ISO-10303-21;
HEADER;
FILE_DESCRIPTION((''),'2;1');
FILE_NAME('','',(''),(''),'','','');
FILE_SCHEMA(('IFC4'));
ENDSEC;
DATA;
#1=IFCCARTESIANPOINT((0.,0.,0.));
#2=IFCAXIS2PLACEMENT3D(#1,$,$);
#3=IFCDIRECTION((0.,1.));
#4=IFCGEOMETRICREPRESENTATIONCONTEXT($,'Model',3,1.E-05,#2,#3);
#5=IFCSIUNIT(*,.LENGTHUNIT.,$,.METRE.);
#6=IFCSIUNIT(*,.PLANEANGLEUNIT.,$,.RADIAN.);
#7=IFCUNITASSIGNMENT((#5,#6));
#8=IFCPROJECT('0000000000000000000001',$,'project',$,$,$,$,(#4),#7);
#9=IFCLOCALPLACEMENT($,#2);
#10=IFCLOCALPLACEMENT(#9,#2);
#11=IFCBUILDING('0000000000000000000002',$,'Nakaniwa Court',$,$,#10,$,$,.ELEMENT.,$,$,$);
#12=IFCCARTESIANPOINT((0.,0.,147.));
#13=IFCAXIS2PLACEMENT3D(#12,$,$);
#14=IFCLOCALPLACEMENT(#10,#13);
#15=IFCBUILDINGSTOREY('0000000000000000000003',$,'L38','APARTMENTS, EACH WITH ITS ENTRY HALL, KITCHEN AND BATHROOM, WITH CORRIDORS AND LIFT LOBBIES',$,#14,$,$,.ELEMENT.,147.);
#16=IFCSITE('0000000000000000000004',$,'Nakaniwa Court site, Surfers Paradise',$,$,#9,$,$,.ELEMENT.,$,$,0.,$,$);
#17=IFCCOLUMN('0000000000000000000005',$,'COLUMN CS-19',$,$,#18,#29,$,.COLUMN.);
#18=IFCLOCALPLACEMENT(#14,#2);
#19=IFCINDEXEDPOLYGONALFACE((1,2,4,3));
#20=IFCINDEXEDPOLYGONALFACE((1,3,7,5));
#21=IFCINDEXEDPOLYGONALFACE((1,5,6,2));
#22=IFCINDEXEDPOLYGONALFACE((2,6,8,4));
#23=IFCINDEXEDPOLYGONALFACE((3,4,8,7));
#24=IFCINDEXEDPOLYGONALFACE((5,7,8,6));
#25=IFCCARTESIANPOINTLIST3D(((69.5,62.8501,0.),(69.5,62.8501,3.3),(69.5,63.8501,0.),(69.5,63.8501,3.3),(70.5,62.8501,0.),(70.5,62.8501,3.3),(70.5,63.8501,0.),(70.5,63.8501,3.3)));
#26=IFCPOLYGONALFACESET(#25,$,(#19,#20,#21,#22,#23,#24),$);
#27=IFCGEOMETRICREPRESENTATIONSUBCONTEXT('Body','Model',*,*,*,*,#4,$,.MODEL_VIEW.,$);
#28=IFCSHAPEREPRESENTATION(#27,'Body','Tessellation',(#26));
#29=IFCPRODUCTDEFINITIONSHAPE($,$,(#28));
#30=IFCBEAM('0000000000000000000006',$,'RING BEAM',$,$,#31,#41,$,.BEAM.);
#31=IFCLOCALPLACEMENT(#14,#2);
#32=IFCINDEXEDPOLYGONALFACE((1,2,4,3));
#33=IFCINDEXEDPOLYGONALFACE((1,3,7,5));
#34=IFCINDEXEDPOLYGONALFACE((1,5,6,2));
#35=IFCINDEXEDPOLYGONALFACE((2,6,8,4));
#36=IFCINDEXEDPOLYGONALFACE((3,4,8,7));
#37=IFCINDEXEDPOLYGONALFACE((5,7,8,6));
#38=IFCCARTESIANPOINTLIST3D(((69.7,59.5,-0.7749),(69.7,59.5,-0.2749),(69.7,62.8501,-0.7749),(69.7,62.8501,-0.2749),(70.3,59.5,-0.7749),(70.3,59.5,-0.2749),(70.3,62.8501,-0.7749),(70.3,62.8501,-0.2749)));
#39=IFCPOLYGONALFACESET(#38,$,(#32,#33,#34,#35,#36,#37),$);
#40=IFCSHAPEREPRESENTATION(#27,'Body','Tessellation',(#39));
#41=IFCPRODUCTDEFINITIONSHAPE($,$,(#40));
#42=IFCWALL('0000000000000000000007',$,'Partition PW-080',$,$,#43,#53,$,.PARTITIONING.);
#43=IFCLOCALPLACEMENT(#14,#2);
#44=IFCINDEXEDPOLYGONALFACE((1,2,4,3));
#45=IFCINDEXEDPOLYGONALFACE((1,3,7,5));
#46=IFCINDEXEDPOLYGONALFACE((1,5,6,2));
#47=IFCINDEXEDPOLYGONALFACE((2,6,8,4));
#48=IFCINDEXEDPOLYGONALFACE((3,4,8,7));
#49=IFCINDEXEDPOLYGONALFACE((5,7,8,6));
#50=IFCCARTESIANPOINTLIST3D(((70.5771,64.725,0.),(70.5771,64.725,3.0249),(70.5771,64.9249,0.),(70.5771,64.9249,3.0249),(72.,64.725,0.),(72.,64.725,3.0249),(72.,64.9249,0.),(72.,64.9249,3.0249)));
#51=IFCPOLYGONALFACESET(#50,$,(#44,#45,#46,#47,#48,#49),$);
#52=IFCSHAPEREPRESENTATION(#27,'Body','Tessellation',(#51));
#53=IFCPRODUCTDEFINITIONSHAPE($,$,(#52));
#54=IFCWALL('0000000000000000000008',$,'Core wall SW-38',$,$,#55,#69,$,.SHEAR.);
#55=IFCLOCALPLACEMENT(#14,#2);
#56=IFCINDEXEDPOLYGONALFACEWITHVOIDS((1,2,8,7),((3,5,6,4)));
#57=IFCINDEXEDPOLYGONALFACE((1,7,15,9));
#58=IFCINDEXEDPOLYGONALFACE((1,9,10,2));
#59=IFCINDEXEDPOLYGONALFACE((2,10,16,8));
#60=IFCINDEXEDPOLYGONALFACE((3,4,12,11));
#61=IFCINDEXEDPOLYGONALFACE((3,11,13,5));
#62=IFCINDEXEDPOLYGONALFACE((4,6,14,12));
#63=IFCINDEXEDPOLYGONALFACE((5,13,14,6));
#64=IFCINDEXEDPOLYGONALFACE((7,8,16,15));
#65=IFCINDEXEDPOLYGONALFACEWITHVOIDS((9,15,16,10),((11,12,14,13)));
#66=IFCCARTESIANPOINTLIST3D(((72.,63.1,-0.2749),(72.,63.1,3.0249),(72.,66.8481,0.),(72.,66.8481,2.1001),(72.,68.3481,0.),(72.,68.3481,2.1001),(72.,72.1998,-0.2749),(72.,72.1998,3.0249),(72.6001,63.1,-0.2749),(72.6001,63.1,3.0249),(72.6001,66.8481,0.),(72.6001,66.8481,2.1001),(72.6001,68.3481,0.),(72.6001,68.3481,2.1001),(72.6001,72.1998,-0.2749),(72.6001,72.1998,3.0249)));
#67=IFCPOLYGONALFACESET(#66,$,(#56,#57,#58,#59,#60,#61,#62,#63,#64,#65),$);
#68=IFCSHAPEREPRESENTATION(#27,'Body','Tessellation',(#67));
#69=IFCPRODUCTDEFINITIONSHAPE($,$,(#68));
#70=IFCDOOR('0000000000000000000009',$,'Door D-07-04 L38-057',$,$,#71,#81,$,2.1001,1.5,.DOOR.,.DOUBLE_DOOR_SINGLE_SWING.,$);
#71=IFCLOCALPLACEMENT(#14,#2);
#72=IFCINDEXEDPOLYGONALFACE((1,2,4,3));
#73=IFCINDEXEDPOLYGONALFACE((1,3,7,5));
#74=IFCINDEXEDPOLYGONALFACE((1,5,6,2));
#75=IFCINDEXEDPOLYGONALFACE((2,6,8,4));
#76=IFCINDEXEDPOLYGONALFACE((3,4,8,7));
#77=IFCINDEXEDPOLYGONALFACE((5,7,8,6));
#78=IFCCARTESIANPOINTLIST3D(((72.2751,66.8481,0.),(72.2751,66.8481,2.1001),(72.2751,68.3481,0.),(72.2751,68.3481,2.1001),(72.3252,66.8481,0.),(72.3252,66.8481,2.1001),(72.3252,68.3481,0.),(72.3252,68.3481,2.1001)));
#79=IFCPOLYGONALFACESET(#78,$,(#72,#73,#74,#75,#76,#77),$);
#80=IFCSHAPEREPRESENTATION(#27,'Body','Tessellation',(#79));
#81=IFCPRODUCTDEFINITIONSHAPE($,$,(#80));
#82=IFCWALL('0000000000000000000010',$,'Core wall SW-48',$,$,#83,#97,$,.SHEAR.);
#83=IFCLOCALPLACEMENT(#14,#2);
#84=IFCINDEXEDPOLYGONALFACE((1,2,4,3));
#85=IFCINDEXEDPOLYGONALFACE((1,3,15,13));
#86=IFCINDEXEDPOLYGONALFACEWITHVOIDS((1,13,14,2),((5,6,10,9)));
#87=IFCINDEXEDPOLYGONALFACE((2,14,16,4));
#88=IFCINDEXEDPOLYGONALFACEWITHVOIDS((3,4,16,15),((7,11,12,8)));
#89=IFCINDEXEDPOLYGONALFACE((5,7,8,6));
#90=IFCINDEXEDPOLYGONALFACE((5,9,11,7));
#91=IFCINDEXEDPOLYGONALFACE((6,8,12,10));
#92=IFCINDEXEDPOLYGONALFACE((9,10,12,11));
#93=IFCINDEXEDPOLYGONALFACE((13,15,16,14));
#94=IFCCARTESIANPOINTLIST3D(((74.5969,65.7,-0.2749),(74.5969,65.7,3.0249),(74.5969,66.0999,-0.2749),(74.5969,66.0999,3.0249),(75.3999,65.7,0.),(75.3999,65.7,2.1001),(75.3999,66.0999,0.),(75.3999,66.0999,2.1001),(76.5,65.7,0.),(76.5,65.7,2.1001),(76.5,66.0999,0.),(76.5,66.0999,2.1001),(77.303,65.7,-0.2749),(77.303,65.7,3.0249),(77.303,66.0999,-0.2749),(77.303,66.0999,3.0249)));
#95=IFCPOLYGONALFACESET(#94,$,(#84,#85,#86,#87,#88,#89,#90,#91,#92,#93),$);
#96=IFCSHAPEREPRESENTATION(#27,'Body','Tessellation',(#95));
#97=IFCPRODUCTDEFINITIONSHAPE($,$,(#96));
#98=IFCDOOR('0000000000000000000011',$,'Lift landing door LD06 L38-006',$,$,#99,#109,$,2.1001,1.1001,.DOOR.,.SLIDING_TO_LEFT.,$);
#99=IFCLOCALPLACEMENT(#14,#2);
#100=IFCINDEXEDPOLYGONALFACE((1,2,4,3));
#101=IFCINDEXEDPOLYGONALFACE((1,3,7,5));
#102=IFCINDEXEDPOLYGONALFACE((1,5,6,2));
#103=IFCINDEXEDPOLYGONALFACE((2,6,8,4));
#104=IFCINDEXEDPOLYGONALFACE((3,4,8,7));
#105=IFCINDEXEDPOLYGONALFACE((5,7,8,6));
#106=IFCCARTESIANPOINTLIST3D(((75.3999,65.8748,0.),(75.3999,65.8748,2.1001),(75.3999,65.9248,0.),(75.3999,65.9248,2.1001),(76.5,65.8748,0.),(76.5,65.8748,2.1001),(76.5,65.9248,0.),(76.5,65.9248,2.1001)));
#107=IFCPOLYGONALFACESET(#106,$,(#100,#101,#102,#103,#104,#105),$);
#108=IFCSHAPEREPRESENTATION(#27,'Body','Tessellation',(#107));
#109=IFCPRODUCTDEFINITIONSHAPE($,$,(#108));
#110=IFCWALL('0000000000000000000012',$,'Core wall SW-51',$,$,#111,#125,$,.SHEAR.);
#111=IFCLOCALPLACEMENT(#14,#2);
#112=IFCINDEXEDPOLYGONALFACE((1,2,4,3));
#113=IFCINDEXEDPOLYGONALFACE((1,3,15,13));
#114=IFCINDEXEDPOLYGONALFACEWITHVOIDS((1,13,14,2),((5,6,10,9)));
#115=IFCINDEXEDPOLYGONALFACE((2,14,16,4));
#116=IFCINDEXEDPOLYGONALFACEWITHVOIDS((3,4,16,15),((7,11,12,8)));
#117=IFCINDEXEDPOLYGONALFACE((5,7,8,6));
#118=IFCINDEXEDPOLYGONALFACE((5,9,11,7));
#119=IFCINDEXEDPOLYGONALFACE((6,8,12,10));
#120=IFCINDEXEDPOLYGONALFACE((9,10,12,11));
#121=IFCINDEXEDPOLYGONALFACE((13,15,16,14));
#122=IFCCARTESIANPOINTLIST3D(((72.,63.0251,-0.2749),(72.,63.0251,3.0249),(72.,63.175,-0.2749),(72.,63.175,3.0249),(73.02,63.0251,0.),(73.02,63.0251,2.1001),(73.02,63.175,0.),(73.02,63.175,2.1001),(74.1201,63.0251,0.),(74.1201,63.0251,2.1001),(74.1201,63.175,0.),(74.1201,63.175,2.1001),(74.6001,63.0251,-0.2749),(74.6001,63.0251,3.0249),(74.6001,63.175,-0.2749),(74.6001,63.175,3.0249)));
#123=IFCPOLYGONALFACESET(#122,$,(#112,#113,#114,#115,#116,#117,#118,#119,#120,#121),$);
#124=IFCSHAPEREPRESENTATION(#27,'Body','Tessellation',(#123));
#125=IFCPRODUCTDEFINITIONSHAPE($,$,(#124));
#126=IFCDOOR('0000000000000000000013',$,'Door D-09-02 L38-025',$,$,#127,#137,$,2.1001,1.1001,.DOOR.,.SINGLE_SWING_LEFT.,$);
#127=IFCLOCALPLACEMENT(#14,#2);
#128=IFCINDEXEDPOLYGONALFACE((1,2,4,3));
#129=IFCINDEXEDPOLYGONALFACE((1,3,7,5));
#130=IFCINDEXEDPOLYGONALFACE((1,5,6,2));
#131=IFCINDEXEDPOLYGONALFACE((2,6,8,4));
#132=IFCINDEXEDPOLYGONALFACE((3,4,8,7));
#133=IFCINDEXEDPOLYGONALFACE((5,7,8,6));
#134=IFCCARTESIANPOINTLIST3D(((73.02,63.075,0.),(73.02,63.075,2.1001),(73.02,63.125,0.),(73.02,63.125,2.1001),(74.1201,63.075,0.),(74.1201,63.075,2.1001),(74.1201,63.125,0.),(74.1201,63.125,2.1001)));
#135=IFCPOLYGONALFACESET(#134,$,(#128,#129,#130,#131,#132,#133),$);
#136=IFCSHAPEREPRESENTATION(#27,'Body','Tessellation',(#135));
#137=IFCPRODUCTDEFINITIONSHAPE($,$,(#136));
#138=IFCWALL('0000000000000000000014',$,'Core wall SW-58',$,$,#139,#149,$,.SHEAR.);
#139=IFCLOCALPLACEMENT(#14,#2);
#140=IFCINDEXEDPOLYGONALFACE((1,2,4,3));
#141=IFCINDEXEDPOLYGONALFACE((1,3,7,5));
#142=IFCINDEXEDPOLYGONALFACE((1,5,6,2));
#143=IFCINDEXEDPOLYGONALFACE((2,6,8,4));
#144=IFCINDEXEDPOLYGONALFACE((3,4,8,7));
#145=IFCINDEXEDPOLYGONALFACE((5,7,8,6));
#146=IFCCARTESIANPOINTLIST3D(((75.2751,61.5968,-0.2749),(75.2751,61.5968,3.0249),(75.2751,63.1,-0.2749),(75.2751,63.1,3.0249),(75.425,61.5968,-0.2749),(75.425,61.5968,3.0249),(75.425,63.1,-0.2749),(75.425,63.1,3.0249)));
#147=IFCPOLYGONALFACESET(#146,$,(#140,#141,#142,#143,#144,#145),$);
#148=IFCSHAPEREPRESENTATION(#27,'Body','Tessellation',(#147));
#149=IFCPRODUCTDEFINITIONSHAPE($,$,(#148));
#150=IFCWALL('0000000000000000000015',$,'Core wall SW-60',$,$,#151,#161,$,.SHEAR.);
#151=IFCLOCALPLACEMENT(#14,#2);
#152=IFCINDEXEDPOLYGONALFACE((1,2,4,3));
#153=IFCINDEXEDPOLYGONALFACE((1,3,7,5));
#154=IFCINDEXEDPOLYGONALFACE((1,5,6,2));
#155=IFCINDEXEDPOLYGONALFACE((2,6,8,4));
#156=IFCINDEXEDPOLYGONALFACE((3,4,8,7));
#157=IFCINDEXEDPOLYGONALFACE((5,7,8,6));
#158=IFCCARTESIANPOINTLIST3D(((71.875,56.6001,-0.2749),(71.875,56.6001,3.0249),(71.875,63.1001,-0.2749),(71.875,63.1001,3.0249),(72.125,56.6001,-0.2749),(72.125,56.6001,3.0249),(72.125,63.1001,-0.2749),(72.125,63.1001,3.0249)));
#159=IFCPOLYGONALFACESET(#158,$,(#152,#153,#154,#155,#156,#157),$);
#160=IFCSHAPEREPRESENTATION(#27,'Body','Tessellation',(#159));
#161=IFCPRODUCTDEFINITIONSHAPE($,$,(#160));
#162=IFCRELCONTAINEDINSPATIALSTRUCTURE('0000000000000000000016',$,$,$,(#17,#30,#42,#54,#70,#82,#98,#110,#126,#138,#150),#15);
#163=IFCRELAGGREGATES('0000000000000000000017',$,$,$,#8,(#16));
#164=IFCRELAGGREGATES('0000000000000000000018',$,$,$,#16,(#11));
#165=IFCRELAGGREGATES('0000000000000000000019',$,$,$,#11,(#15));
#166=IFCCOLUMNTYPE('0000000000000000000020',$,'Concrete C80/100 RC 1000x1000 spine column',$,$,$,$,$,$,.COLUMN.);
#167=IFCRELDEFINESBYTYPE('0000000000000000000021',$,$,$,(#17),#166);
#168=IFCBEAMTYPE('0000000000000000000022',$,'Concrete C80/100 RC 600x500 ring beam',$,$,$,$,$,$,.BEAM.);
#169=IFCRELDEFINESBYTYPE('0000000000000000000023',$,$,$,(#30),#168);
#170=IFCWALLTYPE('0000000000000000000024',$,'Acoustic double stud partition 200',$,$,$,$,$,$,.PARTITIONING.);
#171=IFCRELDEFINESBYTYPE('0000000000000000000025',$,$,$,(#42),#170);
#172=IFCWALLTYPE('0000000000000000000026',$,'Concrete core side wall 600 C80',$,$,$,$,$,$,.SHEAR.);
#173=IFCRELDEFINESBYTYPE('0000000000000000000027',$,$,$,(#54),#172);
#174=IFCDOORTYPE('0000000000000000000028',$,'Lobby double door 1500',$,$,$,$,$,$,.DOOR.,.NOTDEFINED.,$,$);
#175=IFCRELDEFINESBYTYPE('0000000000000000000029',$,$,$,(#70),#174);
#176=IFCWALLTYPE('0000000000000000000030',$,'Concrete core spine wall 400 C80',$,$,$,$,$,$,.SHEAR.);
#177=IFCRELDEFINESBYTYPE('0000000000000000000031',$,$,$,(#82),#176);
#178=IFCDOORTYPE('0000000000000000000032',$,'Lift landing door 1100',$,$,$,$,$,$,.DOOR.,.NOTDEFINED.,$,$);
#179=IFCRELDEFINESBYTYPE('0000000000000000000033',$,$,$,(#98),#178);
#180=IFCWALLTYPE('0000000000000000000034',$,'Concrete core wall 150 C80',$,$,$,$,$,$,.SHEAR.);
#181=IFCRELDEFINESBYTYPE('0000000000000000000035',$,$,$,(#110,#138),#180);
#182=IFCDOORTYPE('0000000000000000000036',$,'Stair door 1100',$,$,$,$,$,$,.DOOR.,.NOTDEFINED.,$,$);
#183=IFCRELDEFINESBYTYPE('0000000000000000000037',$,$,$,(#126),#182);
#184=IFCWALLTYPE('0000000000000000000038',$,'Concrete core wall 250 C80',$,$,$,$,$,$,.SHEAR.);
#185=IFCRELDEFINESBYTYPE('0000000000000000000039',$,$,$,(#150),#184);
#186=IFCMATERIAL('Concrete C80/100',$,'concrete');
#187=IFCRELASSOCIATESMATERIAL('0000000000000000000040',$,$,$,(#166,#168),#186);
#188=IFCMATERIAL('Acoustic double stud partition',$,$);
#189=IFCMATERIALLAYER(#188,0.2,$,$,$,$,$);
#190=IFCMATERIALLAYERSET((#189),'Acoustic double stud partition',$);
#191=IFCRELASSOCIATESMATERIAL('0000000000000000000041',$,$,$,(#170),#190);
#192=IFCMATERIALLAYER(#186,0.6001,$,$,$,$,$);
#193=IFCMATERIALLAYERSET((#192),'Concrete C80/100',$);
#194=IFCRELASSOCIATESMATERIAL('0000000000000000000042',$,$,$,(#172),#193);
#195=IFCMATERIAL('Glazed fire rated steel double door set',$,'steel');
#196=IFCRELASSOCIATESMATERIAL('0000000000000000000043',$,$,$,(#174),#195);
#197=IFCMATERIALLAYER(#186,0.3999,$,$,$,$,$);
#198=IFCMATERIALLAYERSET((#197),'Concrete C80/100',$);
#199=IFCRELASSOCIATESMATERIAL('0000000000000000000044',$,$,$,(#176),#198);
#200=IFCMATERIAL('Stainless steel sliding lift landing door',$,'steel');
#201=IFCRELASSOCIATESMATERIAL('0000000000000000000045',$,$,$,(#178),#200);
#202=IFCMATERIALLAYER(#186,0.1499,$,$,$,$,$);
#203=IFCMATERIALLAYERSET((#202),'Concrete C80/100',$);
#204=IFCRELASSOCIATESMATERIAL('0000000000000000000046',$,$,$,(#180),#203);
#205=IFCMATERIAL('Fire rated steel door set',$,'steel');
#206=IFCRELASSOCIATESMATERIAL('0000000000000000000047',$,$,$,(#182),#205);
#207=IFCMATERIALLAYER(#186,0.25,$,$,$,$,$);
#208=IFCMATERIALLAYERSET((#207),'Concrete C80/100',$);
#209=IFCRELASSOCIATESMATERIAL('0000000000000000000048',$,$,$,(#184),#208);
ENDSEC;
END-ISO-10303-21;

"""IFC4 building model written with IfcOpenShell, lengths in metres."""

from ifc_helpers import new_model, si_unit, direction, frame, frame_2d, origin, origin_2d, place, context, subcontext, project, spatial, rectangle, extrude, material, layer, layer_set, material_profile, profile_set, type_object, element, fill, save


model = new_model("IFC4")

# Units and contexts
model_context = context("Model", 3, precision=1e-05, world=origin(), true_north=direction((0.0, 1.0)))
body_context = subcontext(model_context, "Body", "Model", "MODEL_VIEW")
ifc_project = project(units=[si_unit("LENGTHUNIT", "METRE"), si_unit("PLANEANGLEUNIT", "RADIAN")], contexts=[model_context])

# Site, building, storey
site_placement = place(None, origin())
site = spatial("IfcSite", under=ifc_project, at=site_placement, Name="Nakaniwa Court site, Surfers Paradise", CompositionType="ELEMENT", RefElevation=0.0)
building_placement = place(site_placement, origin())
building = spatial("IfcBuilding", under=site, at=building_placement, Name="Nakaniwa Court", CompositionType="ELEMENT")
storey_placement = place(building_placement, frame((0.0, 0.0, 147.0)))
storey = spatial("IfcBuildingStorey", under=building, at=storey_placement, Name="L38", Description="APARTMENTS, EACH WITH ITS ENTRY HALL, KITCHEN AND BATHROOM, WITH CORRIDORS AND LIFT LOBBIES", CompositionType="ELEMENT", Elevation=147.0)

# Column
ifc_material_1 = material(Name="Concrete C80/100", Category="concrete")
ifc_material_profile_1 = material_profile(ifc_material_1, rectangle(XDim=1.0, YDim=1.0, at=origin_2d()), Name="Concrete C80/100 RC 1000x1000 spine column")
ifc_profile_set_1 = profile_set([ifc_material_profile_1], Name="Concrete C80/100")
column_type = type_object("IfcColumnType", Name="Concrete C80/100 RC 1000x1000 spine column", PredefinedType="COLUMN", material=ifc_profile_set_1)
column_placement = place(storey_placement, frame((70.0, 63.3501, 0.0), z_axis=(0.0, 0.0, 1.0), x_axis=(0.0, -1.0, 0.0)))
element("IfcColumn", 1, at=column_placement, inside=storey, type_object=column_type, Name="COLUMN CS-19", PredefinedType="COLUMN", context=body_context, shape_type="SweptSolid", body=[
    extrude(rectangle(XDim=1.0, YDim=1.0, at=origin_2d()), origin(), (0.0, 0.0, 1.0), 3.3),
])

# Beam
ifc_material_profile_2 = material_profile(ifc_material_1, rectangle(XDim=0.6001, YDim=0.5, at=origin_2d()), Name="Concrete C80/100 RC 600x500 ring beam")
ifc_profile_set_2 = profile_set([ifc_material_profile_2], Name="Concrete C80/100")
beam_type = type_object("IfcBeamType", Name="Concrete C80/100 RC 600x500 ring beam", PredefinedType="BEAM", material=ifc_profile_set_2)
beam_placement = place(storey_placement, frame((70.0, 62.8501, -0.5249), z_axis=(0.0, -1.0, 0.0), x_axis=(1.0, 0.0, 0.0)))
element("IfcBeam", 2, at=beam_placement, inside=storey, type_object=beam_type, Name="RING BEAM", PredefinedType="BEAM", context=body_context, shape_type="SweptSolid", body=[
    extrude(rectangle(XDim=0.6001, YDim=0.5, at=origin_2d()), origin(), (0.0, 0.0, 1.0), 3.3501),
])

# Wall
ifc_material_2 = material(Name="Acoustic double stud partition")
ifc_layer_1 = layer(ifc_material_2, 0.2)
ifc_layer_set_1 = layer_set([ifc_layer_1], Name="Acoustic double stud partition")
wall_type_1 = type_object("IfcWallType", Name="Acoustic double stud partition 200", PredefinedType="PARTITIONING", material=ifc_layer_set_1)
wall_1_placement = place(storey_placement, frame((70.5771, 64.825, 0.0), z_axis=(0.0, 0.0, 1.0), x_axis=(1.0, 0.0, 0.0)))
element("IfcWall", 3, at=wall_1_placement, inside=storey, type_object=wall_type_1, Name="Partition PW-080", PredefinedType="PARTITIONING", context=body_context, shape_type="SweptSolid", body=[
    extrude(rectangle(XDim=1.4229, YDim=0.2, at=frame_2d((0.7114, 0.0))), origin(), (0.0, 0.0, 1.0), 3.0249),
])

# Walls, openings, doors
ifc_layer_2 = layer(ifc_material_1, 0.6001)
ifc_layer_set_2 = layer_set([ifc_layer_2], Name="Concrete C80/100")
wall_type_2 = type_object("IfcWallType", Name="Concrete core side wall 600 C80", PredefinedType="SHEAR", material=ifc_layer_set_2)
wall_2_placement = place(storey_placement, frame((72.3, 63.1001, -0.2749), z_axis=(0.0, 0.0, 1.0), x_axis=(0.0, 1.0, 0.0)))
wall_2 = element("IfcWall", 4, at=wall_2_placement, inside=storey, type_object=wall_type_2, Name="Core wall SW-38", PredefinedType="SHEAR", context=body_context, shape_type="SweptSolid", body=[
    extrude(rectangle(XDim=9.0999, YDim=0.6001, at=frame_2d((4.5498, 0.0))), origin(), (0.0, 0.0, 1.0), 3.2998),
])
opening_1_placement = place(wall_2_placement, frame((3.748, 0.0, 0.2749)))
opening_1 = element("IfcOpeningElement", 5, at=opening_1_placement, cuts=wall_2, PredefinedType="OPENING", context=body_context, shape_type="SweptSolid", body=[
    extrude(rectangle(XDim=1.5, YDim=2.1001, at=frame_2d((0.75, 1.05))), frame((0.0, 0.3101, 0.0), z_axis=(0.0, -1.0, 0.0), x_axis=(1.0, 0.0, 0.0)), (0.0, 0.0, 1.0), 0.6201),
])
ifc_material_3 = material(Name="Glazed fire rated steel double door set", Category="steel")
door_type_1 = type_object("IfcDoorType", Name="Lobby double door 1500", OperationType="NOTDEFINED", PredefinedType="DOOR", material=ifc_material_3)
door_1_placement = place(opening_1_placement, origin())
door_1 = element("IfcDoor", 6, at=door_1_placement, inside=storey, type_object=door_type_1, Name="Door D-07-04 L38-057", OperationType="DOUBLE_DOOR_SINGLE_SWING", OverallHeight=2.1001, OverallWidth=1.5, PredefinedType="DOOR", context=body_context, shape_type="SweptSolid", body=[
    extrude(rectangle(XDim=1.5, YDim=2.1001, at=frame_2d((0.75, 1.05))), frame((0.0, 0.0249, 0.0), z_axis=(0.0, -1.0, 0.0), x_axis=(1.0, 0.0, 0.0)), (0.0, 0.0, 1.0), 0.05),
])
fill(opening_1, door_1)
ifc_layer_3 = layer(ifc_material_1, 0.3999)
ifc_layer_set_3 = layer_set([ifc_layer_3], Name="Concrete C80/100")
wall_type_3 = type_object("IfcWallType", Name="Concrete core spine wall 400 C80", PredefinedType="SHEAR", material=ifc_layer_set_3)
wall_3_placement = place(storey_placement, frame((74.5969, 65.8999, -0.2749), z_axis=(0.0, 0.0, 1.0), x_axis=(1.0, 0.0, 0.0)))
wall_3 = element("IfcWall", 7, at=wall_3_placement, inside=storey, type_object=wall_type_3, Name="Core wall SW-48", PredefinedType="SHEAR", context=body_context, shape_type="SweptSolid", body=[
    extrude(rectangle(XDim=2.7061, YDim=0.3999, at=frame_2d((1.353, 0.0))), origin(), (0.0, 0.0, 1.0), 3.2998),
])
opening_2_placement = place(wall_3_placement, frame((0.803, 0.0, 0.2749)))
opening_2 = element("IfcOpeningElement", 8, at=opening_2_placement, cuts=wall_3, PredefinedType="OPENING", context=body_context, shape_type="SweptSolid", body=[
    extrude(rectangle(XDim=1.1001, YDim=2.1001, at=frame_2d((0.55, 1.05))), frame((0.0, 0.21, 0.0), z_axis=(0.0, -1.0, 0.0), x_axis=(1.0, 0.0, 0.0)), (0.0, 0.0, 1.0), 0.4199),
])
ifc_material_4 = material(Name="Stainless steel sliding lift landing door", Category="steel")
door_type_2 = type_object("IfcDoorType", Name="Lift landing door 1100", OperationType="NOTDEFINED", PredefinedType="DOOR", material=ifc_material_4)
door_2_placement = place(opening_2_placement, origin())
door_2 = element("IfcDoor", 9, at=door_2_placement, inside=storey, type_object=door_type_2, Name="Lift landing door LD06 L38-006", OperationType="SLIDING_TO_LEFT", OverallHeight=2.1001, OverallWidth=1.1001, PredefinedType="DOOR", context=body_context, shape_type="SweptSolid", body=[
    extrude(rectangle(XDim=1.1001, YDim=2.1001, at=frame_2d((0.55, 1.05))), frame((0.0, 0.0249, 0.0), z_axis=(0.0, -1.0, 0.0), x_axis=(1.0, 0.0, 0.0)), (0.0, 0.0, 1.0), 0.05),
])
fill(opening_2, door_2)
ifc_layer_4 = layer(ifc_material_1, 0.1499)
ifc_layer_set_4 = layer_set([ifc_layer_4], Name="Concrete C80/100")
wall_type_4 = type_object("IfcWallType", Name="Concrete core wall 150 C80", PredefinedType="SHEAR", material=ifc_layer_set_4)
wall_4_placement = place(storey_placement, frame((72.0, 63.1001, -0.2749), z_axis=(0.0, 0.0, 1.0), x_axis=(1.0, 0.0, 0.0)))
wall_4 = element("IfcWall", 10, at=wall_4_placement, inside=storey, type_object=wall_type_4, Name="Core wall SW-51", PredefinedType="SHEAR", context=body_context, shape_type="SweptSolid", body=[
    extrude(rectangle(XDim=2.6001, YDim=0.1499, at=frame_2d((1.3, 0.0))), origin(), (0.0, 0.0, 1.0), 3.2998),
])
opening_3_placement = place(wall_4_placement, frame((1.02, 0.0, 0.2749)))
opening_3 = element("IfcOpeningElement", 11, at=opening_3_placement, cuts=wall_4, PredefinedType="OPENING", context=body_context, shape_type="SweptSolid", body=[
    extrude(rectangle(XDim=1.1001, YDim=2.1001, at=frame_2d((0.55, 1.05))), frame((0.0, 0.085, 0.0), z_axis=(0.0, -1.0, 0.0), x_axis=(1.0, 0.0, 0.0)), (0.0, 0.0, 1.0), 0.1699),
])
ifc_material_5 = material(Name="Fire rated steel door set", Category="steel")
door_type_3 = type_object("IfcDoorType", Name="Stair door 1100", OperationType="NOTDEFINED", PredefinedType="DOOR", material=ifc_material_5)
door_3_placement = place(opening_3_placement, origin())
door_3 = element("IfcDoor", 12, at=door_3_placement, inside=storey, type_object=door_type_3, Name="Door D-09-02 L38-025", OperationType="SINGLE_SWING_LEFT", OverallHeight=2.1001, OverallWidth=1.1001, PredefinedType="DOOR", context=body_context, shape_type="SweptSolid", body=[
    extrude(rectangle(XDim=1.1001, YDim=2.1001, at=frame_2d((0.55, 1.05))), frame((0.0, 0.0249, 0.0), z_axis=(0.0, -1.0, 0.0), x_axis=(1.0, 0.0, 0.0)), (0.0, 0.0, 1.0), 0.05),
])
fill(opening_3, door_3)

# Walls
wall_5_placement = place(storey_placement, frame((75.3501, 61.5969, -0.2749), z_axis=(0.0, 0.0, 1.0), x_axis=(0.0, 1.0, 0.0)))
element("IfcWall", 13, at=wall_5_placement, inside=storey, type_object=wall_type_4, Name="Core wall SW-58", PredefinedType="SHEAR", context=body_context, shape_type="SweptSolid", body=[
    extrude(rectangle(XDim=1.5032, YDim=0.1499, at=frame_2d((0.7515, 0.0))), origin(), (0.0, 0.0, 1.0), 3.2998),
])
ifc_layer_5 = layer(ifc_material_1, 0.25)
ifc_layer_set_5 = layer_set([ifc_layer_5], Name="Concrete C80/100")
wall_type_5 = type_object("IfcWallType", Name="Concrete core wall 250 C80", PredefinedType="SHEAR", material=ifc_layer_set_5)
wall_6_placement = place(storey_placement, frame((72.0, 56.6001, -0.2749), z_axis=(0.0, 0.0, 1.0), x_axis=(0.0, 1.0, 0.0)))
element("IfcWall", 14, at=wall_6_placement, inside=storey, type_object=wall_type_5, Name="Core wall SW-60", PredefinedType="SHEAR", context=body_context, shape_type="SweptSolid", body=[
    extrude(rectangle(XDim=6.5, YDim=0.25, at=frame_2d((3.25, 0.0))), origin(), (0.0, 0.0, 1.0), 3.2998),
])

save(model, "model.ifc")
